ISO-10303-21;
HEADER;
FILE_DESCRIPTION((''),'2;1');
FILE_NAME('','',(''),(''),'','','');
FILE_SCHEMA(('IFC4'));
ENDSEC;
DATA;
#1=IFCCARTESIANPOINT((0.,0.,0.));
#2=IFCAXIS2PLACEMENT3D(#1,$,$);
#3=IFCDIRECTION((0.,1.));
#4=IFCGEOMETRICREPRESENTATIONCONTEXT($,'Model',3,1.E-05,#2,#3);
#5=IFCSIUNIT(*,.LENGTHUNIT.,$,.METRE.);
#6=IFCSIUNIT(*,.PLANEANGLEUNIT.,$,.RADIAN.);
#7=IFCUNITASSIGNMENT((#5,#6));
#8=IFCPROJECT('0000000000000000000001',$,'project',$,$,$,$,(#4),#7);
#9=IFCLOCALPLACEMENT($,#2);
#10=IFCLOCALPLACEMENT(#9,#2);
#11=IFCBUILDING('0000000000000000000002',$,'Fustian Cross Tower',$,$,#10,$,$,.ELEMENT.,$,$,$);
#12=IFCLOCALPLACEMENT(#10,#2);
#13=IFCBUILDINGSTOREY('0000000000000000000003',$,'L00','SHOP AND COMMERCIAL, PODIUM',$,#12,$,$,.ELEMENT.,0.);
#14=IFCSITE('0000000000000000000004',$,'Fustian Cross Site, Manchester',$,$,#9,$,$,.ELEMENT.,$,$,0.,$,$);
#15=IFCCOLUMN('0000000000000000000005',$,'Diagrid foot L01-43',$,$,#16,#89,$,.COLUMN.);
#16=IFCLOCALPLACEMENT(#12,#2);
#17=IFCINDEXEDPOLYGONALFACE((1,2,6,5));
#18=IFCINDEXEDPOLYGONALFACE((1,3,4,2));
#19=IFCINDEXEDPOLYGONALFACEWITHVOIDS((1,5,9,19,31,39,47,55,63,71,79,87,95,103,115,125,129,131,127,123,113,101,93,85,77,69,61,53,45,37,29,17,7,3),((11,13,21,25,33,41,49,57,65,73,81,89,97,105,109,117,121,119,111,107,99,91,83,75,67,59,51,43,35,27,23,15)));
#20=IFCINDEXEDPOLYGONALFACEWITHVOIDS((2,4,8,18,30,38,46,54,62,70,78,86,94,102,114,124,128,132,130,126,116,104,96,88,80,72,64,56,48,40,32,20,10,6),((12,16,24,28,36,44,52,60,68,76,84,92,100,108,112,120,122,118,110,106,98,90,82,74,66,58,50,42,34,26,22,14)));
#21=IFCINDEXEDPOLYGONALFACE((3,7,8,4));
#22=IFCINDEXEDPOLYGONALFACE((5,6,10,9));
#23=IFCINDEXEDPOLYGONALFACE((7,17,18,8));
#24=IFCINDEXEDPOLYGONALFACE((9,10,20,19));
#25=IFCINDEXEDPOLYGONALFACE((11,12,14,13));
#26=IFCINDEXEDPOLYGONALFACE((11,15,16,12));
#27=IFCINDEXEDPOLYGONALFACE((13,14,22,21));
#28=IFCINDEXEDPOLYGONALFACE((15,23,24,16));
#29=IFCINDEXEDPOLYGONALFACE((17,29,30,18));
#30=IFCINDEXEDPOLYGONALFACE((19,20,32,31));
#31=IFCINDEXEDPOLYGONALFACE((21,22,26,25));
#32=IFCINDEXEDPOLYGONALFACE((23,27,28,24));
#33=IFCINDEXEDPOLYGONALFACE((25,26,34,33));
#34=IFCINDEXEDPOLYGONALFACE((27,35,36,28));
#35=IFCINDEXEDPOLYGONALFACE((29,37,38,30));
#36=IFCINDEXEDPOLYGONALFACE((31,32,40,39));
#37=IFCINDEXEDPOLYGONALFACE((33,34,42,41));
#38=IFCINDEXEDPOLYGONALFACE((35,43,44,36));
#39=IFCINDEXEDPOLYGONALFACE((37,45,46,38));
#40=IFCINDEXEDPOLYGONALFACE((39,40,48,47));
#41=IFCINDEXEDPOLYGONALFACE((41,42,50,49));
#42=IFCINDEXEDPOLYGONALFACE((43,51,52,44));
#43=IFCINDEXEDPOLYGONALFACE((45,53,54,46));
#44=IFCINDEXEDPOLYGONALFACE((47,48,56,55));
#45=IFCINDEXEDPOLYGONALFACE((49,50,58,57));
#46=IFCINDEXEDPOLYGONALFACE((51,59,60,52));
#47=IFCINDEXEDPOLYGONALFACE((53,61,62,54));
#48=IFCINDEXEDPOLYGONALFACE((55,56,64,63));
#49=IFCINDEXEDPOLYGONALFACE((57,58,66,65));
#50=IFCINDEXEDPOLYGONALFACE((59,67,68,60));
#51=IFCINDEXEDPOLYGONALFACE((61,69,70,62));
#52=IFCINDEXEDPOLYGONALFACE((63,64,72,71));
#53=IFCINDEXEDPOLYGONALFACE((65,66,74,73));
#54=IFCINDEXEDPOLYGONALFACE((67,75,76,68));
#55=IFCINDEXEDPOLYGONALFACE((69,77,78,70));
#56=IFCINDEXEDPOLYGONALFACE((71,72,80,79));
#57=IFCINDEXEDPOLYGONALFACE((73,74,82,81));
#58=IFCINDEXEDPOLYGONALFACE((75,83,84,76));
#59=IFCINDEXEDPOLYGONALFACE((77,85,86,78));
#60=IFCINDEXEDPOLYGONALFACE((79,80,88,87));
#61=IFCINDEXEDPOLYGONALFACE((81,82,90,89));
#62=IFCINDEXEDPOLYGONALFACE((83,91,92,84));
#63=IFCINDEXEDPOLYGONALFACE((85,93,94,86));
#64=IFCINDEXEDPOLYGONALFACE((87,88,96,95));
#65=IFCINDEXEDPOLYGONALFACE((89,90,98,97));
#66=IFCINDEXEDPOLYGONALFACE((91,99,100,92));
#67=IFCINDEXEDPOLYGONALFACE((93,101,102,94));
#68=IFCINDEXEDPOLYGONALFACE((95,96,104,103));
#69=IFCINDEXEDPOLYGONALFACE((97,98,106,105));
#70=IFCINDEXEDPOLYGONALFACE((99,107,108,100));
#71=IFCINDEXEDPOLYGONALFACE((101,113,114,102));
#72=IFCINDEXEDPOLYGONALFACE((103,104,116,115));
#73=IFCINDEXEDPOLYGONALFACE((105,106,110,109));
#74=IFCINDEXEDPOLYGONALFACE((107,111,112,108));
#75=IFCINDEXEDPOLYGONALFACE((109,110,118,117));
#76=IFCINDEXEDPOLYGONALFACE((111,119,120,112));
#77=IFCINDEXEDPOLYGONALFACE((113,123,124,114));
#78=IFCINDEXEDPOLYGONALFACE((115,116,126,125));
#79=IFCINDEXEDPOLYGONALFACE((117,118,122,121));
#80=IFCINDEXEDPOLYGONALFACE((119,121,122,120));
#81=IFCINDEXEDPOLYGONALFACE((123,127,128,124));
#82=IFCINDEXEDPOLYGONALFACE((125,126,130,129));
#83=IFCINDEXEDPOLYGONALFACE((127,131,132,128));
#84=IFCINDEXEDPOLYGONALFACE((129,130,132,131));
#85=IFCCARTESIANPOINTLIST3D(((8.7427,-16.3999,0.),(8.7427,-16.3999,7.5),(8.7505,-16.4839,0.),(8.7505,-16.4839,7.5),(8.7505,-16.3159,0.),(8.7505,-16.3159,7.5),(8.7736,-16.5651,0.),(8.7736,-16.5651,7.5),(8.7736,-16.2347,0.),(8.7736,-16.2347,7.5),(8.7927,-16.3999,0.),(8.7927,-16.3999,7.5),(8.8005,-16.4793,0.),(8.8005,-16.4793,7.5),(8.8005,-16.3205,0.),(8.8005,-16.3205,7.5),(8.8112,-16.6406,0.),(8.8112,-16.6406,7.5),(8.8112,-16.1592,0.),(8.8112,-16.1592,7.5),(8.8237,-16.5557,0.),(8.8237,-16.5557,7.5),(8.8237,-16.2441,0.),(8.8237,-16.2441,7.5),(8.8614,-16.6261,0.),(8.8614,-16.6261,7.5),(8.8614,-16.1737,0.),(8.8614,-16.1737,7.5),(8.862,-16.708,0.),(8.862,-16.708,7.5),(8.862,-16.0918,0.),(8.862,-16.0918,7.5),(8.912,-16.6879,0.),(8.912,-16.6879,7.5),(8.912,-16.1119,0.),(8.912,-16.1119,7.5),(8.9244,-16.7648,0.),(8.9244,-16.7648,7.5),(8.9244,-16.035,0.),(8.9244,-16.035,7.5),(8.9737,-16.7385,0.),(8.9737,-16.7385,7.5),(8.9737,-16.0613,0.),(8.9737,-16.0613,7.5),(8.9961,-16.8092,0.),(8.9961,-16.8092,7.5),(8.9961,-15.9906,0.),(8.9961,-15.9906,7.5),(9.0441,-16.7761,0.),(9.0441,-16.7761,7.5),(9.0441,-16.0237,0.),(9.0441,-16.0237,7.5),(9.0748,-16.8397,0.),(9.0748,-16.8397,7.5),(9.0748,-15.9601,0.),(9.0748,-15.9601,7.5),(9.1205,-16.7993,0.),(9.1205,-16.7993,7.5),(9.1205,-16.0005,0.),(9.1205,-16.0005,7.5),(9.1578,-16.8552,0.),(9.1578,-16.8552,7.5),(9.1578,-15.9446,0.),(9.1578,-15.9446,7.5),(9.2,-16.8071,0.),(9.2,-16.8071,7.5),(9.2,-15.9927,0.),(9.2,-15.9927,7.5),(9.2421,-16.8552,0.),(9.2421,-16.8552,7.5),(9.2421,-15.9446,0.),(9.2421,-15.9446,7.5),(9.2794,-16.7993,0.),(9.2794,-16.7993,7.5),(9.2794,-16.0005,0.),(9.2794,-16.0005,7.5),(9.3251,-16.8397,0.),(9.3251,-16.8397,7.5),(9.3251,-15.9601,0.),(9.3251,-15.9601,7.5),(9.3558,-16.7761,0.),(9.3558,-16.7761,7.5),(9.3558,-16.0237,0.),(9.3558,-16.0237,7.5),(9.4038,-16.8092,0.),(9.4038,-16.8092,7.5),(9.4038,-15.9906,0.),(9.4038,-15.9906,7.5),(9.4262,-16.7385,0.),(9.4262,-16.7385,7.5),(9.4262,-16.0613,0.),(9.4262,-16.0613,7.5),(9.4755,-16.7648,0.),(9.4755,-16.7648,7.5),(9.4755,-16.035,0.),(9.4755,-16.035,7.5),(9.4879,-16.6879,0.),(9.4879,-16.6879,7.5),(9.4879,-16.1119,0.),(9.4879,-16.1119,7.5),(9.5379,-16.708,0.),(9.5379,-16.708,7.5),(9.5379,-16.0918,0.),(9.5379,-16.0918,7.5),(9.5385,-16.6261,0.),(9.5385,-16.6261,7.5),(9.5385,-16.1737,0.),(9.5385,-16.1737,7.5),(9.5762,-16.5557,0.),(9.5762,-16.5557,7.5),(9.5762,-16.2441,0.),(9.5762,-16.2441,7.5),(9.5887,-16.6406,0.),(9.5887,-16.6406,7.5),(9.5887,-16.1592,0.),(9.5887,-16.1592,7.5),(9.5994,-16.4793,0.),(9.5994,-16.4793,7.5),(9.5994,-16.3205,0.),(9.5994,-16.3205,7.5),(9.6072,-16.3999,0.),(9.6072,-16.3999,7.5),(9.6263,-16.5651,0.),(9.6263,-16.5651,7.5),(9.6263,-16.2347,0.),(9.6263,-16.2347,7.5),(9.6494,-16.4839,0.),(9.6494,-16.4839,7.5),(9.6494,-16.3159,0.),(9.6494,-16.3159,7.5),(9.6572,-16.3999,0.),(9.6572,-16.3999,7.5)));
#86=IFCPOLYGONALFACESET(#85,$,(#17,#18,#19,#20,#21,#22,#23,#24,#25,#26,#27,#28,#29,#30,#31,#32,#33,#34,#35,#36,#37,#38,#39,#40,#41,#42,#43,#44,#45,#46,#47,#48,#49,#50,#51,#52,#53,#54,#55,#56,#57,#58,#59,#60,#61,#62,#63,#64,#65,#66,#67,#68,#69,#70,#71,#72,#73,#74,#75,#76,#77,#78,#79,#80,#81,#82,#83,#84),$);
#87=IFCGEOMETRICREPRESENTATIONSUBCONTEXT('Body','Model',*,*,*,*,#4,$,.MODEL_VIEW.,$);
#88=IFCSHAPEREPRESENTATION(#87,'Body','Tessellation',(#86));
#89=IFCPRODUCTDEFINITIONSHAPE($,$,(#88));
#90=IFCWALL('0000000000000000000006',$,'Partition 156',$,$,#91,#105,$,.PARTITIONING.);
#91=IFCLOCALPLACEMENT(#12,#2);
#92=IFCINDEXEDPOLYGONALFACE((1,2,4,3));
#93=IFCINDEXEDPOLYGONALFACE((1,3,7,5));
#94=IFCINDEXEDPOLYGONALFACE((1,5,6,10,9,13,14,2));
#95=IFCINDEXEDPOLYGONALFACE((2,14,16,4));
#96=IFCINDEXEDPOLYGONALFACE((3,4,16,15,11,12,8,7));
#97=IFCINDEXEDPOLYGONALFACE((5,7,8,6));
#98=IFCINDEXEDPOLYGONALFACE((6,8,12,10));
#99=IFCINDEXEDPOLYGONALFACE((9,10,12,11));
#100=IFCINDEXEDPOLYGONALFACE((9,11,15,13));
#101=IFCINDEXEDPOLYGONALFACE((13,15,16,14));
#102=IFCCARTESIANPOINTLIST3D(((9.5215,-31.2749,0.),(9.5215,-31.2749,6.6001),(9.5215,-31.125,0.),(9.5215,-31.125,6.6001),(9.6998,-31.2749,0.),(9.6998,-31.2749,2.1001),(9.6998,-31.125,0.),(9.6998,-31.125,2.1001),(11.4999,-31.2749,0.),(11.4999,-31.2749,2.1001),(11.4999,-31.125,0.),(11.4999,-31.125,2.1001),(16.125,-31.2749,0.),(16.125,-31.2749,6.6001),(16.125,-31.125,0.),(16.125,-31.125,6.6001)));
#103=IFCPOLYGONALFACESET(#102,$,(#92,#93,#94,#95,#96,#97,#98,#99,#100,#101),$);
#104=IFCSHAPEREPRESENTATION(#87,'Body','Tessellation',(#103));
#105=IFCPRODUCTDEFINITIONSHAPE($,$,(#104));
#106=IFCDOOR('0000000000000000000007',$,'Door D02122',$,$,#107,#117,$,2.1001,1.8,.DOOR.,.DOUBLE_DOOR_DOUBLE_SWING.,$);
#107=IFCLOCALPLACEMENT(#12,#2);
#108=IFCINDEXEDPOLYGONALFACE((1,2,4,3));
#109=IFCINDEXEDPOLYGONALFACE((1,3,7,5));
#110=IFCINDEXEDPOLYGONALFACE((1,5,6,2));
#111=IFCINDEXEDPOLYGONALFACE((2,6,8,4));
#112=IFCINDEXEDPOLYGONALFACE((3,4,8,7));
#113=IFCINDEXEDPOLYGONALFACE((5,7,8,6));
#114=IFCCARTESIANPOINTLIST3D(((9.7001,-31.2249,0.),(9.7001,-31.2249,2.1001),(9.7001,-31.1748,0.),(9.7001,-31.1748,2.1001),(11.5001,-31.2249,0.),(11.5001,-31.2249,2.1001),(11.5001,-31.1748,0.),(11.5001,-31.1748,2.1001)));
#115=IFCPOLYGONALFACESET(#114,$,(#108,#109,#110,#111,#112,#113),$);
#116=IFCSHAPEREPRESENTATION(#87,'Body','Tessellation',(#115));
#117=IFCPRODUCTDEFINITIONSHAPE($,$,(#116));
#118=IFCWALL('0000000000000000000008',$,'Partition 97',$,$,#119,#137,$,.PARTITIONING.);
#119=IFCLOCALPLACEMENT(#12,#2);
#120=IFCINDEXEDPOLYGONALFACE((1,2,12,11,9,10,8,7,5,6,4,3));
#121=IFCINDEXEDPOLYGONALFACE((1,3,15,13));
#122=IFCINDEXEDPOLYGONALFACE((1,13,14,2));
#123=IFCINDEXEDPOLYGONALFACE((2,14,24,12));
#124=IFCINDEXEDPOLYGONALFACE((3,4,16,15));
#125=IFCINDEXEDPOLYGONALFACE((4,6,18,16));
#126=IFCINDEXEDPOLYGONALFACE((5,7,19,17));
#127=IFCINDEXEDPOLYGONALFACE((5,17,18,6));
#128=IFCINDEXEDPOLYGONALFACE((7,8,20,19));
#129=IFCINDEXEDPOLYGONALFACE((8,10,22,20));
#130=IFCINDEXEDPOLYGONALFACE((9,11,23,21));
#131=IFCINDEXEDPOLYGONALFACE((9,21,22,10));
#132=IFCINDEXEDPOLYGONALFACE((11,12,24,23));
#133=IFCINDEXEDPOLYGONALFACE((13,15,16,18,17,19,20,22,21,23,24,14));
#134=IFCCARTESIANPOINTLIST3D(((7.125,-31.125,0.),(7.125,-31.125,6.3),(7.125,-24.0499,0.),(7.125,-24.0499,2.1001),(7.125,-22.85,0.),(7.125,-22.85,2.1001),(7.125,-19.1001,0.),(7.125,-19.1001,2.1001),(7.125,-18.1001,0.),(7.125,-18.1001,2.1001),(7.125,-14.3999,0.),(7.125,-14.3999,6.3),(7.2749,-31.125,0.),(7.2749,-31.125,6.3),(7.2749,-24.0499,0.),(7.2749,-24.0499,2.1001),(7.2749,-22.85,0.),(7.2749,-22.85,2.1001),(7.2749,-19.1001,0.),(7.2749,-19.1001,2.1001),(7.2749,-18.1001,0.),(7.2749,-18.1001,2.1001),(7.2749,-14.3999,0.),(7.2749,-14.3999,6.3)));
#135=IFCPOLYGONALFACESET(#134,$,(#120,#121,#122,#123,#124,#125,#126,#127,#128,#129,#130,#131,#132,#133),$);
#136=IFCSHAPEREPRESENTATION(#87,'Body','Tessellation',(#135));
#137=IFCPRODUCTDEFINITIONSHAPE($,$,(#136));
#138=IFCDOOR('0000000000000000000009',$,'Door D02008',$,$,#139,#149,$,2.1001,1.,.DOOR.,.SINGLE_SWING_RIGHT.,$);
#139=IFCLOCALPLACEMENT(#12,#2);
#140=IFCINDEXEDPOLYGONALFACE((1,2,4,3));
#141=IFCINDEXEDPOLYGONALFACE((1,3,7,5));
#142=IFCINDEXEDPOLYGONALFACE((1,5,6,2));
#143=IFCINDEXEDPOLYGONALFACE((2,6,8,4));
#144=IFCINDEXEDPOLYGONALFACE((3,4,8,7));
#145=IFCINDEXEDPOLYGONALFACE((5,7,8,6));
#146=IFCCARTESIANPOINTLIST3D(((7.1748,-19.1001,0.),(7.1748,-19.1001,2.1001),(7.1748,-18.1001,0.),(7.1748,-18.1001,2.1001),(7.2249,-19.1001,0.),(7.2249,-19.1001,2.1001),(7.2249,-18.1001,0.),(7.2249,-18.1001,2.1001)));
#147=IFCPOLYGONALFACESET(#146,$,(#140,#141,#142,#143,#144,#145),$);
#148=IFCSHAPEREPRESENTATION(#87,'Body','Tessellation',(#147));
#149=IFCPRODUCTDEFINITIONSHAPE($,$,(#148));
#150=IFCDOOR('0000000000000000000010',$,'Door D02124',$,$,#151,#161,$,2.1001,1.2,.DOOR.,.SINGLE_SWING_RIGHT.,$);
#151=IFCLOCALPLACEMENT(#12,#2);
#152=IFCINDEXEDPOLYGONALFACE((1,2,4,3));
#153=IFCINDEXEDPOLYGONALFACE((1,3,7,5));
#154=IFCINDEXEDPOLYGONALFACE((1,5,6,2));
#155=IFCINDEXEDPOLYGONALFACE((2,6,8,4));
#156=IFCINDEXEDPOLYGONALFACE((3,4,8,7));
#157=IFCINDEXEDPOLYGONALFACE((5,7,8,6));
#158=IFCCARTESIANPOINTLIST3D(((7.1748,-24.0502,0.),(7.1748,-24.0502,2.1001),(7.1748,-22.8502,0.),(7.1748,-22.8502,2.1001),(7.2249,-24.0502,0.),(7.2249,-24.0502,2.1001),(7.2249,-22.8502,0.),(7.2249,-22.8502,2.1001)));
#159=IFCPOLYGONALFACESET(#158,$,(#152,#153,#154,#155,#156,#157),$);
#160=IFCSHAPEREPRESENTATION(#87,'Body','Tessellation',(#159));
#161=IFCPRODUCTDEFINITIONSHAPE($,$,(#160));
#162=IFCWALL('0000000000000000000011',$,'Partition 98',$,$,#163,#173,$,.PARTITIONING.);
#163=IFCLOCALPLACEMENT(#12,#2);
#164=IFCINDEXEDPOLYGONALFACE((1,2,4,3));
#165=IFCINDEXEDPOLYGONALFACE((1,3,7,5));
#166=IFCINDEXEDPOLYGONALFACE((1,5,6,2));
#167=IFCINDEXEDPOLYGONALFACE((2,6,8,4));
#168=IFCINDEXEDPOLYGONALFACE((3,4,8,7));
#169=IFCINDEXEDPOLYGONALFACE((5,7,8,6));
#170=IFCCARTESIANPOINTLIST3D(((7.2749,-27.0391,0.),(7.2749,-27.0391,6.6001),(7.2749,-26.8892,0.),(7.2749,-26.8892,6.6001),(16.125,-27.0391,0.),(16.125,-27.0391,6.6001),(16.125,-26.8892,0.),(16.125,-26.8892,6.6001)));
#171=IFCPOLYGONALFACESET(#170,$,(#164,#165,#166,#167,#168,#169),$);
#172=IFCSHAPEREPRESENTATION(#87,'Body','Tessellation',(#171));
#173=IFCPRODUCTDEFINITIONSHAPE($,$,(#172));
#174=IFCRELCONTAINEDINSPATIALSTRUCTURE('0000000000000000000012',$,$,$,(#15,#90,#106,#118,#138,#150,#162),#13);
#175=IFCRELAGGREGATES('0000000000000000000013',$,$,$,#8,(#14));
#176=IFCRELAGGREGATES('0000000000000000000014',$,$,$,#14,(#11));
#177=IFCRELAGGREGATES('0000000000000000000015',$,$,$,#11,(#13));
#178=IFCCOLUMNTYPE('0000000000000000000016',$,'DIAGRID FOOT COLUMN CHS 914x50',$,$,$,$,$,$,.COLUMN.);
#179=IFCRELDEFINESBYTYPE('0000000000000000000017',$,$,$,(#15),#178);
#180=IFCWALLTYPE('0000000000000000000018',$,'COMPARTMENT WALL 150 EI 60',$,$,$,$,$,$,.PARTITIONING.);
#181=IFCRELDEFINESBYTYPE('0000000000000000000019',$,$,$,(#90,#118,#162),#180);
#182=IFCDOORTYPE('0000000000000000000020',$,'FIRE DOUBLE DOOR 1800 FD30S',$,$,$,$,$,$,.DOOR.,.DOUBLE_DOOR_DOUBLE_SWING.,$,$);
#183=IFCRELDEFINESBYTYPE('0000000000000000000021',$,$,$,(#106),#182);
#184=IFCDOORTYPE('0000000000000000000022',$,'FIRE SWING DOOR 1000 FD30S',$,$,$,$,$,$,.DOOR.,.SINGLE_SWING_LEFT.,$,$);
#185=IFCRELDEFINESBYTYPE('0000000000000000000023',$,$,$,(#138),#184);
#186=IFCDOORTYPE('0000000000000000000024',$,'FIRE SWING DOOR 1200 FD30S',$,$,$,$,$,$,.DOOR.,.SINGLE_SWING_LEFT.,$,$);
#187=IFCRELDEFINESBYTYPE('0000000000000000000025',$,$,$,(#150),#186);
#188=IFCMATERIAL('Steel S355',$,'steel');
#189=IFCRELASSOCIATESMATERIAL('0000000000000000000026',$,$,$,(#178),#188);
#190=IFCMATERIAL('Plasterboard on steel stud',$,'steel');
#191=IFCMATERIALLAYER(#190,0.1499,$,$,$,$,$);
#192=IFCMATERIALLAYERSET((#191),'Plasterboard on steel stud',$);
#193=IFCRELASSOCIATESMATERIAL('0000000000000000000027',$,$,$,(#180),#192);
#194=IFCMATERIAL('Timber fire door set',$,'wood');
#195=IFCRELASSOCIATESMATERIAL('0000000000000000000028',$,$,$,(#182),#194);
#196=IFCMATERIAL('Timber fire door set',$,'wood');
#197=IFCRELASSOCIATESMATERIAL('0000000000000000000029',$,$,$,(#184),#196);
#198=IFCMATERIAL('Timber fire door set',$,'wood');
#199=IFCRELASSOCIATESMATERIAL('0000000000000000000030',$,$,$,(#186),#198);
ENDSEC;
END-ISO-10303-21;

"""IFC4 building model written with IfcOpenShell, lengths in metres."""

from ifc_helpers import new_model, si_unit, direction, frame, frame_2d, origin, origin_2d, place, context, subcontext, project, spatial, rectangle, hollow_circle, extrude, material, layer, layer_set, material_profile, profile_set, type_object, element, fill, save


model = new_model("IFC4")

# Units and contexts
model_context = context("Model", 3, precision=1e-05, world=origin(), true_north=direction((0.0, 1.0)))
body_context = subcontext(model_context, "Body", "Model", "MODEL_VIEW")
ifc_project = project(units=[si_unit("LENGTHUNIT", "METRE"), si_unit("PLANEANGLEUNIT", "RADIAN")], contexts=[model_context])

# Site, building, storey
site_placement = place(None, origin())
site = spatial("IfcSite", under=ifc_project, at=site_placement, Name="Fustian Cross Site, Manchester", CompositionType="ELEMENT", RefElevation=0.0)
building_placement = place(site_placement, origin())
building = spatial("IfcBuilding", under=site, at=building_placement, Name="Fustian Cross Tower", CompositionType="ELEMENT")
storey_placement = place(building_placement, origin())
storey = spatial("IfcBuildingStorey", under=building, at=storey_placement, Name="L00", Description="SHOP AND COMMERCIAL, PODIUM", CompositionType="ELEMENT", Elevation=0.0)

# Column
ifc_material_1 = material(Name="Steel S355", Category="steel")
ifc_material_profile_1 = material_profile(ifc_material_1, hollow_circle(Radius=0.4573, WallThickness=0.05, at=origin_2d()), Name="CHS 914x50")
ifc_profile_set_1 = profile_set([ifc_material_profile_1], Name="Steel S355")
column_type_1 = type_object("IfcColumnType", Name="DIAGRID FOOT COLUMN CHS 914x50", PredefinedType="COLUMN", material=ifc_profile_set_1)
for number, where, z_axis, x_axis, name in (
    (1, (9.2, -16.3999, 0.0), (0.0, 0.0, 1.0), (1.0, 0.0, 0.0), "Diagrid foot L01-43"),
):
    element("IfcColumn", number, at=place(storey_placement, frame(where, z_axis=z_axis, x_axis=x_axis)), inside=storey, type_object=column_type_1, Name=name, PredefinedType="COLUMN", context=body_context, shape_type="SweptSolid", body=[
        extrude(hollow_circle(Radius=0.4573, WallThickness=0.05, at=origin_2d()), origin(), (0.0, 0.0, 1.0), 7.5),
    ])

# Wall, opening, door
ifc_material_2 = material(Name="Plasterboard on steel stud", Category="steel")
ifc_layer = layer(ifc_material_2, 0.1499)
ifc_layer_set = layer_set([ifc_layer], Name="Plasterboard on steel stud")
wall_type = type_object("IfcWallType", Name="COMPARTMENT WALL 150 EI 60", PredefinedType="PARTITIONING", material=ifc_layer_set)
wall_1_placement = place(storey_placement, frame((9.5215, -31.2, 0.0), z_axis=(0.0, 0.0, 1.0), x_axis=(1.0, 0.0, 0.0)))
wall_1 = element("IfcWall", 2, at=wall_1_placement, inside=storey, type_object=wall_type, Name="Partition 156", PredefinedType="PARTITIONING", context=body_context, shape_type="SweptSolid", body=[
    extrude(rectangle(XDim=6.6035, YDim=0.1499, at=frame_2d((3.3018, 0.0))), origin(), (0.0, 0.0, 1.0), 6.6001),
])
opening_1_placement = place(wall_1_placement, frame((0.1785, 0.0, 0.0)))
opening_1 = element("IfcOpeningElement", 3, at=opening_1_placement, cuts=wall_1, PredefinedType="OPENING", context=body_context, shape_type="SweptSolid", body=[
    extrude(rectangle(XDim=1.8, YDim=2.1001, at=frame_2d((0.8999, 1.05))), frame((0.0, 0.085, 0.0), z_axis=(0.0, -1.0, 0.0), x_axis=(1.0, 0.0, 0.0)), (0.0, 0.0, 1.0), 0.1699),
])
ifc_material_3 = material(Name="Timber fire door set", Category="wood")
door_type_1 = type_object("IfcDoorType", Name="FIRE DOUBLE DOOR 1800 FD30S", OperationType="DOUBLE_DOOR_DOUBLE_SWING", PredefinedType="DOOR", material=ifc_material_3)
door_1_placement = place(opening_1_placement, frame((1.8, 0.0, 0.0), z_axis=(0.0, 0.0, 1.0), x_axis=(-1.0, 0.0, 0.0)))
door_1 = element("IfcDoor", 4, at=door_1_placement, inside=storey, type_object=door_type_1, Name="Door D02122", OperationType="DOUBLE_DOOR_DOUBLE_SWING", OverallHeight=2.1001, OverallWidth=1.8, PredefinedType="DOOR", context=body_context, shape_type="SweptSolid", body=[
    extrude(rectangle(XDim=1.8, YDim=2.1001, at=frame_2d((0.8999, 1.05))), frame((0.0, 0.0249, 0.0), z_axis=(0.0, -1.0, 0.0), x_axis=(1.0, 0.0, 0.0)), (0.0, 0.0, 1.0), 0.05),
])
fill(opening_1, door_1)

# Wall, openings, doors
wall_2_placement = place(storey_placement, frame((7.2, -31.125, 0.0), z_axis=(0.0, 0.0, 1.0), x_axis=(0.0, 1.0, 0.0)))
wall_2 = element("IfcWall", 5, at=wall_2_placement, inside=storey, type_object=wall_type, Name="Partition 97", PredefinedType="PARTITIONING", context=body_context, shape_type="SweptSolid", body=[
    extrude(rectangle(XDim=16.7251, YDim=0.1499, at=frame_2d((8.3625, 0.0))), origin(), (0.0, 0.0, 1.0), 6.3),
])
opening_2_placement = place(wall_2_placement, frame((12.0249, 0.0, 0.0)))
opening_2 = element("IfcOpeningElement", 6, at=opening_2_placement, cuts=wall_2, PredefinedType="OPENING", context=body_context, shape_type="SweptSolid", body=[
    extrude(rectangle(XDim=1.0, YDim=2.1001, at=frame_2d((0.5, 1.05))), frame((0.0, 0.085, 0.0), z_axis=(0.0, -1.0, 0.0), x_axis=(1.0, 0.0, 0.0)), (0.0, 0.0, 1.0), 0.1699),
])
opening_3_placement = place(wall_2_placement, frame((7.075, 0.0, 0.0)))
opening_3 = element("IfcOpeningElement", 7, at=opening_3_placement, cuts=wall_2, PredefinedType="OPENING", context=body_context, shape_type="SweptSolid", body=[
    extrude(rectangle(XDim=1.2, YDim=2.1001, at=frame_2d((0.6001, 1.05))), frame((0.0, 0.085, 0.0), z_axis=(0.0, -1.0, 0.0), x_axis=(1.0, 0.0, 0.0)), (0.0, 0.0, 1.0), 0.1699),
])
ifc_material_4 = material(Name="Timber fire door set", Category="wood")
door_type_2 = type_object("IfcDoorType", Name="FIRE SWING DOOR 1000 FD30S", OperationType="SINGLE_SWING_LEFT", PredefinedType="DOOR", material=ifc_material_4)
door_2_placement = place(opening_2_placement, frame((1.0, 0.0, 0.0), z_axis=(0.0, 0.0, 1.0), x_axis=(-1.0, 0.0, 0.0)))
door_2 = element("IfcDoor", 8, at=door_2_placement, inside=storey, type_object=door_type_2, Name="Door D02008", OperationType="SINGLE_SWING_RIGHT", OverallHeight=2.1001, OverallWidth=1.0, PredefinedType="DOOR", context=body_context, shape_type="SweptSolid", body=[
    extrude(rectangle(XDim=1.0, YDim=2.1001, at=frame_2d((0.5, 1.05))), frame((0.0, 0.0249, 0.0), z_axis=(0.0, -1.0, 0.0), x_axis=(1.0, 0.0, 0.0)), (0.0, 0.0, 1.0), 0.05),
])
fill(opening_2, door_2)
ifc_material_5 = material(Name="Timber fire door set", Category="wood")
door_type_3 = type_object("IfcDoorType", Name="FIRE SWING DOOR 1200 FD30S", OperationType="SINGLE_SWING_LEFT", PredefinedType="DOOR", material=ifc_material_5)
door_3_placement = place(opening_3_placement, frame((1.2, 0.0, 0.0), z_axis=(0.0, 0.0, 1.0), x_axis=(-1.0, 0.0, 0.0)))
door_3 = element("IfcDoor", 9, at=door_3_placement, inside=storey, type_object=door_type_3, Name="Door D02124", OperationType="SINGLE_SWING_RIGHT", OverallHeight=2.1001, OverallWidth=1.2, PredefinedType="DOOR", context=body_context, shape_type="SweptSolid", body=[
    extrude(rectangle(XDim=1.2, YDim=2.1001, at=frame_2d((0.6001, 1.05))), frame((0.0, 0.0249, 0.0), z_axis=(0.0, -1.0, 0.0), x_axis=(1.0, 0.0, 0.0)), (0.0, 0.0, 1.0), 0.05),
])
fill(opening_3, door_3)

# Wall
for number, where, z_axis, x_axis, name in (
    (10, (7.2749, -26.9641, 0.0), (0.0, 0.0, 1.0), (1.0, 0.0, 0.0), "Partition 98"),
):
    element("IfcWall", number, at=place(storey_placement, frame(where, z_axis=z_axis, x_axis=x_axis)), inside=storey, type_object=wall_type, Name=name, PredefinedType="PARTITIONING", context=body_context, shape_type="SweptSolid", body=[
        extrude(rectangle(XDim=8.8501, YDim=0.1499, at=frame_2d((4.425, 0.0))), origin(), (0.0, 0.0, 1.0), 6.6001),
    ])

save(model, "model.ifc")
